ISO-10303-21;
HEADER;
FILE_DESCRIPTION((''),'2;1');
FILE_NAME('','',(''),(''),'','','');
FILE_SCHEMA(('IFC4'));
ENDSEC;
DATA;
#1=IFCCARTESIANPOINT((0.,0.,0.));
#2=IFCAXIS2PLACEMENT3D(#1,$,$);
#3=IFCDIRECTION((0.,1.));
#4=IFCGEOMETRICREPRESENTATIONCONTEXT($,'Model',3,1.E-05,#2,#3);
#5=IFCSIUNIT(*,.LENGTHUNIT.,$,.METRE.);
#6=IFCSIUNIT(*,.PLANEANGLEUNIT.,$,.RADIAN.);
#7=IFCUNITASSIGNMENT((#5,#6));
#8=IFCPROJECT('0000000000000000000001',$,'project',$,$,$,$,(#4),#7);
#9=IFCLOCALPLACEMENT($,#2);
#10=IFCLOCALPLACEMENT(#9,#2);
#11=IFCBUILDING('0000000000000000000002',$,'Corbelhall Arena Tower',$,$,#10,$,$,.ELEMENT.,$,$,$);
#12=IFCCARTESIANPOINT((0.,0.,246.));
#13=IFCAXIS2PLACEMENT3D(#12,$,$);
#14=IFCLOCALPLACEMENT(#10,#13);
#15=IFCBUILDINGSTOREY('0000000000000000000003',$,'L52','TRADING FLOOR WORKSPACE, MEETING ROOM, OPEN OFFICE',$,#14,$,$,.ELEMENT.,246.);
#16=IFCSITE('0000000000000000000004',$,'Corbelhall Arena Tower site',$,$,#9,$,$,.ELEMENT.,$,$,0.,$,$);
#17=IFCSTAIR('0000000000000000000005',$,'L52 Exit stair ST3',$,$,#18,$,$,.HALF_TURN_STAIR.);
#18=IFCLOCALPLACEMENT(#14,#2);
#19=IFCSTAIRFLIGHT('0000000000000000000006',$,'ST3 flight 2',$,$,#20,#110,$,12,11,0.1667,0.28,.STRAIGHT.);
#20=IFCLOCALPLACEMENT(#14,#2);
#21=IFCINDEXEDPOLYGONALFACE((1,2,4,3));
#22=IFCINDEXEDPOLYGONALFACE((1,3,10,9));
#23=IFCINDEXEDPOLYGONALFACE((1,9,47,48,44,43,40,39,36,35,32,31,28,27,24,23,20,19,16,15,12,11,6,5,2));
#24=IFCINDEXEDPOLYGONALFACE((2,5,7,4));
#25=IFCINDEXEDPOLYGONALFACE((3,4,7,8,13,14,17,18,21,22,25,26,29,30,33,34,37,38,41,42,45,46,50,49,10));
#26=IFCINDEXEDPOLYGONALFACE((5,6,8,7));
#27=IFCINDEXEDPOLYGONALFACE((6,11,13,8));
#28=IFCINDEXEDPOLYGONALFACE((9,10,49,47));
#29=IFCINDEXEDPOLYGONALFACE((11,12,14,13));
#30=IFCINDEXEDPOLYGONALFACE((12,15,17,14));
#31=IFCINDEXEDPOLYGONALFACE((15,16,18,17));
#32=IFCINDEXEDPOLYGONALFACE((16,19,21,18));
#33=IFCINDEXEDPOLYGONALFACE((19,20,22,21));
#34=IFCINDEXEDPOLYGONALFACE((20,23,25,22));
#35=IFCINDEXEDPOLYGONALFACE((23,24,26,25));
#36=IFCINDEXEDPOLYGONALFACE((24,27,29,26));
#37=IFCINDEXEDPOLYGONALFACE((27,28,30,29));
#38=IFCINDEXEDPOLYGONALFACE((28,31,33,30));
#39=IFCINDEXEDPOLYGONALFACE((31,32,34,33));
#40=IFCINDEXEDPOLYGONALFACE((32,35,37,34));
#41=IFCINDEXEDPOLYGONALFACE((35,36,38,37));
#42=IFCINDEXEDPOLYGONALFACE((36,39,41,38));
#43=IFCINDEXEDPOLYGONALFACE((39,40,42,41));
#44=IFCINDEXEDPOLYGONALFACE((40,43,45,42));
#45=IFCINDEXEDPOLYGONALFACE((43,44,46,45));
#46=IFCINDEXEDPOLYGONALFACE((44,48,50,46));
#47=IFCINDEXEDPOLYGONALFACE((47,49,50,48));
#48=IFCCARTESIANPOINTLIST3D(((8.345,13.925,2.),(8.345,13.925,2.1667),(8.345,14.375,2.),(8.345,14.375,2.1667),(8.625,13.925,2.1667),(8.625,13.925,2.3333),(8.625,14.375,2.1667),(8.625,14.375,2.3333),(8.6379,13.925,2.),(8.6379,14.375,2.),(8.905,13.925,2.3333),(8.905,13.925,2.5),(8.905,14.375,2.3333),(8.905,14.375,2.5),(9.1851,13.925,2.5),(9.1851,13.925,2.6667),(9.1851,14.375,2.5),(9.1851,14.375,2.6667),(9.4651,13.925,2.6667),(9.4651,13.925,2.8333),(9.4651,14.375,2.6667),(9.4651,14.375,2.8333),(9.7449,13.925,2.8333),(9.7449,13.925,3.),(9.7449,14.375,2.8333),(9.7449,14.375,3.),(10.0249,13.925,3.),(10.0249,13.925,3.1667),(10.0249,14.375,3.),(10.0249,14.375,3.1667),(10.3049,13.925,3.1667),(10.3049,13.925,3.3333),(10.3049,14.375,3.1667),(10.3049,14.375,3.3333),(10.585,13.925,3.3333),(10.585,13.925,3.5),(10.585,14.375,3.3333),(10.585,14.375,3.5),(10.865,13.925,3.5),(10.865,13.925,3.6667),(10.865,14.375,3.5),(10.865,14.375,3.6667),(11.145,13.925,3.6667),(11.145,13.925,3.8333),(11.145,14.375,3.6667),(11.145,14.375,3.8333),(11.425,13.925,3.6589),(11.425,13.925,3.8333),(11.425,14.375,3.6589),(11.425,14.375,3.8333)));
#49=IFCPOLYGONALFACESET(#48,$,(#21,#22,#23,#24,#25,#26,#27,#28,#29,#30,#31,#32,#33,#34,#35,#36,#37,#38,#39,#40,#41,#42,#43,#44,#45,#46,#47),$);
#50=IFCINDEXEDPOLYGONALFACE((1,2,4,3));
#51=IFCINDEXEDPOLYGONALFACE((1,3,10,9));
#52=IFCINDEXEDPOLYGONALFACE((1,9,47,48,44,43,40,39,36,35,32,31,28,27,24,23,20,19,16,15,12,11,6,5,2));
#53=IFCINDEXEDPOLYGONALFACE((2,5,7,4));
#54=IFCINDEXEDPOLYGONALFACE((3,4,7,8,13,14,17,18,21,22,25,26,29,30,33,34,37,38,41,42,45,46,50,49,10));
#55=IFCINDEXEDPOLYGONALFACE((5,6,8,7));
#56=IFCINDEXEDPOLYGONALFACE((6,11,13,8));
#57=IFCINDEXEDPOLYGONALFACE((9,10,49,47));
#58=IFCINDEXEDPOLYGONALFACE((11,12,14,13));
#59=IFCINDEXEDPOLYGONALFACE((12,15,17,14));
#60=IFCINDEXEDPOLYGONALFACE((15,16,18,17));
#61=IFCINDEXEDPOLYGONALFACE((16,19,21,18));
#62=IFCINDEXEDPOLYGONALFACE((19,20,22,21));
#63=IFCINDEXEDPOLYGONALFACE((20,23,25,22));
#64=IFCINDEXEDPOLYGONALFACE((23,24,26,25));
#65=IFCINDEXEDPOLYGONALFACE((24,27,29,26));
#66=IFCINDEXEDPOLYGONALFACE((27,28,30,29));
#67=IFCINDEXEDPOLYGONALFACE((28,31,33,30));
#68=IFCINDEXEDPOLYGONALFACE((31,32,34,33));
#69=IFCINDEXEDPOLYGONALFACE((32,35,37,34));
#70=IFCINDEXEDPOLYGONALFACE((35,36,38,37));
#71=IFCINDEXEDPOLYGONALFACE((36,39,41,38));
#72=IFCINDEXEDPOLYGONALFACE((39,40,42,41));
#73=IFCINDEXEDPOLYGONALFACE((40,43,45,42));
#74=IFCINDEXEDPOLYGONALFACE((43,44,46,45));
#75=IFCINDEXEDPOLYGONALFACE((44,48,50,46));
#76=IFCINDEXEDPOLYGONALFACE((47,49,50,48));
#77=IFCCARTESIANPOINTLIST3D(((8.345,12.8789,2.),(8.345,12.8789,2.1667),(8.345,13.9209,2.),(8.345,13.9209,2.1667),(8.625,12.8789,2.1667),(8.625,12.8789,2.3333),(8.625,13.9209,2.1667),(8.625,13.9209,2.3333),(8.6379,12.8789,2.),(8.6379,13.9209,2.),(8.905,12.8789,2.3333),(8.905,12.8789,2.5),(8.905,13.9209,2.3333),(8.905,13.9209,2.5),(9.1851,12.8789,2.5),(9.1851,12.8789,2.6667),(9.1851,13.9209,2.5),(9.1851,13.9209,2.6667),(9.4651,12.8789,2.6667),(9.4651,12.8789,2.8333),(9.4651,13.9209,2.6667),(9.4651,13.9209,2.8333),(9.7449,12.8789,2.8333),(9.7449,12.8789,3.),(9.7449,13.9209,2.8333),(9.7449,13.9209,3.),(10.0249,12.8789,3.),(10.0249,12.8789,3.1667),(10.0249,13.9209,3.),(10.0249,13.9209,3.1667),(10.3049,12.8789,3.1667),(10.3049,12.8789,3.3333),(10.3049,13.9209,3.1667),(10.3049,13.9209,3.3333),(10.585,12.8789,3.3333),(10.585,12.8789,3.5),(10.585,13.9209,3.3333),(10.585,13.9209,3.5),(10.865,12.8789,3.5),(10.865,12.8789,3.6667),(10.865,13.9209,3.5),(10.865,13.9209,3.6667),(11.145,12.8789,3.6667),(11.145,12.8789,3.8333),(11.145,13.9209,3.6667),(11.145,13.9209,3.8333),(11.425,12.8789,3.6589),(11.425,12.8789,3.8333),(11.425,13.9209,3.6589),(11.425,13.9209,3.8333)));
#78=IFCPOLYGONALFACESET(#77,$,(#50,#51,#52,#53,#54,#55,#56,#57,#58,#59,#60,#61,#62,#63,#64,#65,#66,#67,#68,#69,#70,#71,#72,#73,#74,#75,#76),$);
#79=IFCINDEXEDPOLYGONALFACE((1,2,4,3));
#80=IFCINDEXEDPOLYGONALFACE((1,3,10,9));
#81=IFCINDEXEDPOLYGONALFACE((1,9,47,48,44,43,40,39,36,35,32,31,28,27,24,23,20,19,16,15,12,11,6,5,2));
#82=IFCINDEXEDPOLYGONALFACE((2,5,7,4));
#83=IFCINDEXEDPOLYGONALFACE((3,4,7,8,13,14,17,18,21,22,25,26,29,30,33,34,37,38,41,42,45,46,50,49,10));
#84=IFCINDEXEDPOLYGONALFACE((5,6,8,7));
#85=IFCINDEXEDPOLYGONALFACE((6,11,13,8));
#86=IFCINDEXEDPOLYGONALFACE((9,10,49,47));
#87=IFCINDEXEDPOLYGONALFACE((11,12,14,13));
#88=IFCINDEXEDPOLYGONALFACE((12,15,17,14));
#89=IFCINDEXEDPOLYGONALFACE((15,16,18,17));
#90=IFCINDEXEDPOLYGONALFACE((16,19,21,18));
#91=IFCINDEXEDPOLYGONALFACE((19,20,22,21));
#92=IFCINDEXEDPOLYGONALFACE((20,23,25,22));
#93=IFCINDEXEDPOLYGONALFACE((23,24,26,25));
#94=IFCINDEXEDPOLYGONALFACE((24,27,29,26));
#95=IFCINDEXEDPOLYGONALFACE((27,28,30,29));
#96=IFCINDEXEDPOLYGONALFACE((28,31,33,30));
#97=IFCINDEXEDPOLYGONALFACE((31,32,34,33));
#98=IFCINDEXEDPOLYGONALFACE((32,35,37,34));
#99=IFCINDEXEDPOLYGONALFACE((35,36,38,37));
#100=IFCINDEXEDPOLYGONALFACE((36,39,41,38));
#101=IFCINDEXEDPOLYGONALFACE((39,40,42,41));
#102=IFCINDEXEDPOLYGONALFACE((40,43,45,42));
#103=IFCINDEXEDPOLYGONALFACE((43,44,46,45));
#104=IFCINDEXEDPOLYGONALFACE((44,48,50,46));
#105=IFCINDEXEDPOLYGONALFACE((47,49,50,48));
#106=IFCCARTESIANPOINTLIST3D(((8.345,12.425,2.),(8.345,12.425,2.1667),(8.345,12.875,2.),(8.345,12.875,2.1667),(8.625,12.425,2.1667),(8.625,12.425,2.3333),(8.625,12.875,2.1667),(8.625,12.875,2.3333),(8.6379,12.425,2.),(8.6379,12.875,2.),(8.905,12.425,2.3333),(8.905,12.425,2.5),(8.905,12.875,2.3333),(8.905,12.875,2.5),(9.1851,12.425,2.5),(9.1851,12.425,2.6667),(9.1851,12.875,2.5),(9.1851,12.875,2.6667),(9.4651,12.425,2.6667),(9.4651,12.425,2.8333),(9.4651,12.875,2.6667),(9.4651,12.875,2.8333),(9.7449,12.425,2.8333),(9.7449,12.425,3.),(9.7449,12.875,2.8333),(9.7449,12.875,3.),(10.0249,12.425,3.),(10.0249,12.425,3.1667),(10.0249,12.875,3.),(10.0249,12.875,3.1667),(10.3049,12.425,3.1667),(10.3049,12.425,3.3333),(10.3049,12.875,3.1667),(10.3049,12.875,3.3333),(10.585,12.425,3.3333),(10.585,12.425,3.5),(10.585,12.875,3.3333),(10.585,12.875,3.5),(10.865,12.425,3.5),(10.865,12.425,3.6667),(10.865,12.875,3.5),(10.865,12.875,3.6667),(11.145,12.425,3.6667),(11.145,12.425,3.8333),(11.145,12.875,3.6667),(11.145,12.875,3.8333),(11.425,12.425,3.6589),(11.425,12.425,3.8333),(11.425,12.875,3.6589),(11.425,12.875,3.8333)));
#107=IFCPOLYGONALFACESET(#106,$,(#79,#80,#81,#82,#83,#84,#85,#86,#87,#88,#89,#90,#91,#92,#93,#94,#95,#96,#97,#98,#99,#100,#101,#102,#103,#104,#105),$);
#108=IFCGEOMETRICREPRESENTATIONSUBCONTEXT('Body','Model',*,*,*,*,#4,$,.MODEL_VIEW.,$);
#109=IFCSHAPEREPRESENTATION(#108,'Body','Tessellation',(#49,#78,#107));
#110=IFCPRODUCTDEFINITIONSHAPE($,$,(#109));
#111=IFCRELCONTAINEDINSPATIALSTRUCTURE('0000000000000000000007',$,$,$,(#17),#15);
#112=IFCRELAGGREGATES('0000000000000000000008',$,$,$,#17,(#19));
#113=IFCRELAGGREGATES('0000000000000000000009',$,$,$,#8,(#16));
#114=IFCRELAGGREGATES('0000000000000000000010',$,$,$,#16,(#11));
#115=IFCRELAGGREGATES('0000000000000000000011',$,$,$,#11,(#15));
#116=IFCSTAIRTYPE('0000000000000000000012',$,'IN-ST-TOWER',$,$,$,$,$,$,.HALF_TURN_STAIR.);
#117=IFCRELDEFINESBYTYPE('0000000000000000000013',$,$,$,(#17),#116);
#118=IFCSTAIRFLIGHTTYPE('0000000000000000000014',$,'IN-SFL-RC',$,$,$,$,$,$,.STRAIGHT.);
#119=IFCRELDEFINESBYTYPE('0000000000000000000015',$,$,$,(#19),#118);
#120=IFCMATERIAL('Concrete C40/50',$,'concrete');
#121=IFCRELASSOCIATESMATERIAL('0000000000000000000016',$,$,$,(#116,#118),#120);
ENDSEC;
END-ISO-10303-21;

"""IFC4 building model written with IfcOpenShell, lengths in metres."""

from ifc_helpers import new_model, si_unit, direction, frame, origin, place, context, subcontext, project, spatial, polyline, outline, extrude, material, type_object, element, aggregate, save


model = new_model("IFC4")

# Units and contexts
model_context = context("Model", 3, precision=1e-05, world=origin(), true_north=direction((0.0, 1.0)))
body_context = subcontext(model_context, "Body", "Model", "MODEL_VIEW")
ifc_project = project(units=[si_unit("LENGTHUNIT", "METRE"), si_unit("PLANEANGLEUNIT", "RADIAN")], contexts=[model_context])

# Site, building, storey
site_placement = place(None, origin())
site = spatial("IfcSite", under=ifc_project, at=site_placement, Name="Corbelhall Arena Tower site", CompositionType="ELEMENT", RefElevation=0.0)
building_placement = place(site_placement, origin())
building = spatial("IfcBuilding", under=site, at=building_placement, Name="Corbelhall Arena Tower", CompositionType="ELEMENT")
storey_placement = place(building_placement, frame((0.0, 0.0, 246.0)))
storey = spatial("IfcBuildingStorey", under=building, at=storey_placement, Name="L52", Description="TRADING FLOOR WORKSPACE, MEETING ROOM, OPEN OFFICE", CompositionType="ELEMENT", Elevation=246.0)

# Shared definitions
ifc_material_1 = material(Name="Concrete C40/50", Category="concrete")

# Stair, stair flight
stair_type = type_object("IfcStairType", Name="IN-ST-TOWER", PredefinedType="HALF_TURN_STAIR", material=ifc_material_1)
stair_placement = place(storey_placement, origin())
stair = element("IfcStair", 1, at=stair_placement, inside=storey, type_object=stair_type, Name="L52 Exit stair ST3", PredefinedType="HALF_TURN_STAIR")
stair_flight_type = type_object("IfcStairFlightType", Name="IN-SFL-RC", PredefinedType="STRAIGHT", material=ifc_material_1)
stair_flight_1_placement = place(storey_placement, frame((8.345, 13.3999, 2.0), z_axis=(0.0, 0.0, 1.0), x_axis=(1.0, 0.0, 0.0)))
stair_flight_1 = element("IfcStairFlight", 2, at=stair_flight_1_placement, type_object=stair_flight_type, Name="ST3 flight 2", NumberOfRisers=12, NumberOfTreads=11, PredefinedType="STRAIGHT", RiserHeight=0.1667, TreadLength=0.28, context=body_context, shape_type="SweptSolid", body=[
    extrude(outline(polyline([(0.0, 0.0), (0.0, 0.1667), (0.28, 0.1667), (0.28, 0.3333), (0.5601, 0.3333), (0.5601, 0.5), (0.8401, 0.5), (0.8401, 0.6667), (1.1201, 0.6667), (1.1201, 0.8333), (1.3999, 0.8333), (1.3999, 1.0), (1.6799, 1.0), (1.6799, 1.1667), (1.96, 1.1667), (1.96, 1.3333), (2.24, 1.3333), (2.24, 1.5), (2.52, 1.5), (2.52, 1.6667), (2.8, 1.6667), (2.8, 1.8333), (3.0801, 1.8333), (3.0801, 2.0), (3.0801, 1.6589), (0.293, 0.0), (0.0, 0.0)])), frame((0.0, 0.9751, 0.0), z_axis=(0.0, -1.0, 0.0), x_axis=(1.0, 0.0, 0.0)), (0.0, 0.0, 1.0), 0.45),
    extrude(outline(polyline([(0.0, 0.0), (0.0, 0.1667), (0.28, 0.1667), (0.28, 0.3333), (0.5601, 0.3333), (0.5601, 0.5), (0.8401, 0.5), (0.8401, 0.6667), (1.1201, 0.6667), (1.1201, 0.8333), (1.3999, 0.8333), (1.3999, 1.0), (1.6799, 1.0), (1.6799, 1.1667), (1.96, 1.1667), (1.96, 1.3333), (2.24, 1.3333), (2.24, 1.5), (2.52, 1.5), (2.52, 1.6667), (2.8, 1.6667), (2.8, 1.8333), (3.0801, 1.8333), (3.0801, 2.0), (3.0801, 1.6589), (0.293, 0.0), (0.0, 0.0)])), frame((0.0, 0.521, 0.0), z_axis=(0.0, -1.0, 0.0), x_axis=(1.0, 0.0, 0.0)), (0.0, 0.0, 1.0), 1.042),
    extrude(outline(polyline([(0.0, 0.0), (0.0, 0.1667), (0.28, 0.1667), (0.28, 0.3333), (0.5601, 0.3333), (0.5601, 0.5), (0.8401, 0.5), (0.8401, 0.6667), (1.1201, 0.6667), (1.1201, 0.8333), (1.3999, 0.8333), (1.3999, 1.0), (1.6799, 1.0), (1.6799, 1.1667), (1.96, 1.1667), (1.96, 1.3333), (2.24, 1.3333), (2.24, 1.5), (2.52, 1.5), (2.52, 1.6667), (2.8, 1.6667), (2.8, 1.8333), (3.0801, 1.8333), (3.0801, 2.0), (3.0801, 1.6589), (0.293, 0.0), (0.0, 0.0)])), frame((0.0, -0.5249, 0.0), z_axis=(0.0, -1.0, 0.0), x_axis=(1.0, 0.0, 0.0)), (0.0, 0.0, 1.0), 0.45),
])
aggregate(stair, [stair_flight_1])

save(model, "model.ifc")
